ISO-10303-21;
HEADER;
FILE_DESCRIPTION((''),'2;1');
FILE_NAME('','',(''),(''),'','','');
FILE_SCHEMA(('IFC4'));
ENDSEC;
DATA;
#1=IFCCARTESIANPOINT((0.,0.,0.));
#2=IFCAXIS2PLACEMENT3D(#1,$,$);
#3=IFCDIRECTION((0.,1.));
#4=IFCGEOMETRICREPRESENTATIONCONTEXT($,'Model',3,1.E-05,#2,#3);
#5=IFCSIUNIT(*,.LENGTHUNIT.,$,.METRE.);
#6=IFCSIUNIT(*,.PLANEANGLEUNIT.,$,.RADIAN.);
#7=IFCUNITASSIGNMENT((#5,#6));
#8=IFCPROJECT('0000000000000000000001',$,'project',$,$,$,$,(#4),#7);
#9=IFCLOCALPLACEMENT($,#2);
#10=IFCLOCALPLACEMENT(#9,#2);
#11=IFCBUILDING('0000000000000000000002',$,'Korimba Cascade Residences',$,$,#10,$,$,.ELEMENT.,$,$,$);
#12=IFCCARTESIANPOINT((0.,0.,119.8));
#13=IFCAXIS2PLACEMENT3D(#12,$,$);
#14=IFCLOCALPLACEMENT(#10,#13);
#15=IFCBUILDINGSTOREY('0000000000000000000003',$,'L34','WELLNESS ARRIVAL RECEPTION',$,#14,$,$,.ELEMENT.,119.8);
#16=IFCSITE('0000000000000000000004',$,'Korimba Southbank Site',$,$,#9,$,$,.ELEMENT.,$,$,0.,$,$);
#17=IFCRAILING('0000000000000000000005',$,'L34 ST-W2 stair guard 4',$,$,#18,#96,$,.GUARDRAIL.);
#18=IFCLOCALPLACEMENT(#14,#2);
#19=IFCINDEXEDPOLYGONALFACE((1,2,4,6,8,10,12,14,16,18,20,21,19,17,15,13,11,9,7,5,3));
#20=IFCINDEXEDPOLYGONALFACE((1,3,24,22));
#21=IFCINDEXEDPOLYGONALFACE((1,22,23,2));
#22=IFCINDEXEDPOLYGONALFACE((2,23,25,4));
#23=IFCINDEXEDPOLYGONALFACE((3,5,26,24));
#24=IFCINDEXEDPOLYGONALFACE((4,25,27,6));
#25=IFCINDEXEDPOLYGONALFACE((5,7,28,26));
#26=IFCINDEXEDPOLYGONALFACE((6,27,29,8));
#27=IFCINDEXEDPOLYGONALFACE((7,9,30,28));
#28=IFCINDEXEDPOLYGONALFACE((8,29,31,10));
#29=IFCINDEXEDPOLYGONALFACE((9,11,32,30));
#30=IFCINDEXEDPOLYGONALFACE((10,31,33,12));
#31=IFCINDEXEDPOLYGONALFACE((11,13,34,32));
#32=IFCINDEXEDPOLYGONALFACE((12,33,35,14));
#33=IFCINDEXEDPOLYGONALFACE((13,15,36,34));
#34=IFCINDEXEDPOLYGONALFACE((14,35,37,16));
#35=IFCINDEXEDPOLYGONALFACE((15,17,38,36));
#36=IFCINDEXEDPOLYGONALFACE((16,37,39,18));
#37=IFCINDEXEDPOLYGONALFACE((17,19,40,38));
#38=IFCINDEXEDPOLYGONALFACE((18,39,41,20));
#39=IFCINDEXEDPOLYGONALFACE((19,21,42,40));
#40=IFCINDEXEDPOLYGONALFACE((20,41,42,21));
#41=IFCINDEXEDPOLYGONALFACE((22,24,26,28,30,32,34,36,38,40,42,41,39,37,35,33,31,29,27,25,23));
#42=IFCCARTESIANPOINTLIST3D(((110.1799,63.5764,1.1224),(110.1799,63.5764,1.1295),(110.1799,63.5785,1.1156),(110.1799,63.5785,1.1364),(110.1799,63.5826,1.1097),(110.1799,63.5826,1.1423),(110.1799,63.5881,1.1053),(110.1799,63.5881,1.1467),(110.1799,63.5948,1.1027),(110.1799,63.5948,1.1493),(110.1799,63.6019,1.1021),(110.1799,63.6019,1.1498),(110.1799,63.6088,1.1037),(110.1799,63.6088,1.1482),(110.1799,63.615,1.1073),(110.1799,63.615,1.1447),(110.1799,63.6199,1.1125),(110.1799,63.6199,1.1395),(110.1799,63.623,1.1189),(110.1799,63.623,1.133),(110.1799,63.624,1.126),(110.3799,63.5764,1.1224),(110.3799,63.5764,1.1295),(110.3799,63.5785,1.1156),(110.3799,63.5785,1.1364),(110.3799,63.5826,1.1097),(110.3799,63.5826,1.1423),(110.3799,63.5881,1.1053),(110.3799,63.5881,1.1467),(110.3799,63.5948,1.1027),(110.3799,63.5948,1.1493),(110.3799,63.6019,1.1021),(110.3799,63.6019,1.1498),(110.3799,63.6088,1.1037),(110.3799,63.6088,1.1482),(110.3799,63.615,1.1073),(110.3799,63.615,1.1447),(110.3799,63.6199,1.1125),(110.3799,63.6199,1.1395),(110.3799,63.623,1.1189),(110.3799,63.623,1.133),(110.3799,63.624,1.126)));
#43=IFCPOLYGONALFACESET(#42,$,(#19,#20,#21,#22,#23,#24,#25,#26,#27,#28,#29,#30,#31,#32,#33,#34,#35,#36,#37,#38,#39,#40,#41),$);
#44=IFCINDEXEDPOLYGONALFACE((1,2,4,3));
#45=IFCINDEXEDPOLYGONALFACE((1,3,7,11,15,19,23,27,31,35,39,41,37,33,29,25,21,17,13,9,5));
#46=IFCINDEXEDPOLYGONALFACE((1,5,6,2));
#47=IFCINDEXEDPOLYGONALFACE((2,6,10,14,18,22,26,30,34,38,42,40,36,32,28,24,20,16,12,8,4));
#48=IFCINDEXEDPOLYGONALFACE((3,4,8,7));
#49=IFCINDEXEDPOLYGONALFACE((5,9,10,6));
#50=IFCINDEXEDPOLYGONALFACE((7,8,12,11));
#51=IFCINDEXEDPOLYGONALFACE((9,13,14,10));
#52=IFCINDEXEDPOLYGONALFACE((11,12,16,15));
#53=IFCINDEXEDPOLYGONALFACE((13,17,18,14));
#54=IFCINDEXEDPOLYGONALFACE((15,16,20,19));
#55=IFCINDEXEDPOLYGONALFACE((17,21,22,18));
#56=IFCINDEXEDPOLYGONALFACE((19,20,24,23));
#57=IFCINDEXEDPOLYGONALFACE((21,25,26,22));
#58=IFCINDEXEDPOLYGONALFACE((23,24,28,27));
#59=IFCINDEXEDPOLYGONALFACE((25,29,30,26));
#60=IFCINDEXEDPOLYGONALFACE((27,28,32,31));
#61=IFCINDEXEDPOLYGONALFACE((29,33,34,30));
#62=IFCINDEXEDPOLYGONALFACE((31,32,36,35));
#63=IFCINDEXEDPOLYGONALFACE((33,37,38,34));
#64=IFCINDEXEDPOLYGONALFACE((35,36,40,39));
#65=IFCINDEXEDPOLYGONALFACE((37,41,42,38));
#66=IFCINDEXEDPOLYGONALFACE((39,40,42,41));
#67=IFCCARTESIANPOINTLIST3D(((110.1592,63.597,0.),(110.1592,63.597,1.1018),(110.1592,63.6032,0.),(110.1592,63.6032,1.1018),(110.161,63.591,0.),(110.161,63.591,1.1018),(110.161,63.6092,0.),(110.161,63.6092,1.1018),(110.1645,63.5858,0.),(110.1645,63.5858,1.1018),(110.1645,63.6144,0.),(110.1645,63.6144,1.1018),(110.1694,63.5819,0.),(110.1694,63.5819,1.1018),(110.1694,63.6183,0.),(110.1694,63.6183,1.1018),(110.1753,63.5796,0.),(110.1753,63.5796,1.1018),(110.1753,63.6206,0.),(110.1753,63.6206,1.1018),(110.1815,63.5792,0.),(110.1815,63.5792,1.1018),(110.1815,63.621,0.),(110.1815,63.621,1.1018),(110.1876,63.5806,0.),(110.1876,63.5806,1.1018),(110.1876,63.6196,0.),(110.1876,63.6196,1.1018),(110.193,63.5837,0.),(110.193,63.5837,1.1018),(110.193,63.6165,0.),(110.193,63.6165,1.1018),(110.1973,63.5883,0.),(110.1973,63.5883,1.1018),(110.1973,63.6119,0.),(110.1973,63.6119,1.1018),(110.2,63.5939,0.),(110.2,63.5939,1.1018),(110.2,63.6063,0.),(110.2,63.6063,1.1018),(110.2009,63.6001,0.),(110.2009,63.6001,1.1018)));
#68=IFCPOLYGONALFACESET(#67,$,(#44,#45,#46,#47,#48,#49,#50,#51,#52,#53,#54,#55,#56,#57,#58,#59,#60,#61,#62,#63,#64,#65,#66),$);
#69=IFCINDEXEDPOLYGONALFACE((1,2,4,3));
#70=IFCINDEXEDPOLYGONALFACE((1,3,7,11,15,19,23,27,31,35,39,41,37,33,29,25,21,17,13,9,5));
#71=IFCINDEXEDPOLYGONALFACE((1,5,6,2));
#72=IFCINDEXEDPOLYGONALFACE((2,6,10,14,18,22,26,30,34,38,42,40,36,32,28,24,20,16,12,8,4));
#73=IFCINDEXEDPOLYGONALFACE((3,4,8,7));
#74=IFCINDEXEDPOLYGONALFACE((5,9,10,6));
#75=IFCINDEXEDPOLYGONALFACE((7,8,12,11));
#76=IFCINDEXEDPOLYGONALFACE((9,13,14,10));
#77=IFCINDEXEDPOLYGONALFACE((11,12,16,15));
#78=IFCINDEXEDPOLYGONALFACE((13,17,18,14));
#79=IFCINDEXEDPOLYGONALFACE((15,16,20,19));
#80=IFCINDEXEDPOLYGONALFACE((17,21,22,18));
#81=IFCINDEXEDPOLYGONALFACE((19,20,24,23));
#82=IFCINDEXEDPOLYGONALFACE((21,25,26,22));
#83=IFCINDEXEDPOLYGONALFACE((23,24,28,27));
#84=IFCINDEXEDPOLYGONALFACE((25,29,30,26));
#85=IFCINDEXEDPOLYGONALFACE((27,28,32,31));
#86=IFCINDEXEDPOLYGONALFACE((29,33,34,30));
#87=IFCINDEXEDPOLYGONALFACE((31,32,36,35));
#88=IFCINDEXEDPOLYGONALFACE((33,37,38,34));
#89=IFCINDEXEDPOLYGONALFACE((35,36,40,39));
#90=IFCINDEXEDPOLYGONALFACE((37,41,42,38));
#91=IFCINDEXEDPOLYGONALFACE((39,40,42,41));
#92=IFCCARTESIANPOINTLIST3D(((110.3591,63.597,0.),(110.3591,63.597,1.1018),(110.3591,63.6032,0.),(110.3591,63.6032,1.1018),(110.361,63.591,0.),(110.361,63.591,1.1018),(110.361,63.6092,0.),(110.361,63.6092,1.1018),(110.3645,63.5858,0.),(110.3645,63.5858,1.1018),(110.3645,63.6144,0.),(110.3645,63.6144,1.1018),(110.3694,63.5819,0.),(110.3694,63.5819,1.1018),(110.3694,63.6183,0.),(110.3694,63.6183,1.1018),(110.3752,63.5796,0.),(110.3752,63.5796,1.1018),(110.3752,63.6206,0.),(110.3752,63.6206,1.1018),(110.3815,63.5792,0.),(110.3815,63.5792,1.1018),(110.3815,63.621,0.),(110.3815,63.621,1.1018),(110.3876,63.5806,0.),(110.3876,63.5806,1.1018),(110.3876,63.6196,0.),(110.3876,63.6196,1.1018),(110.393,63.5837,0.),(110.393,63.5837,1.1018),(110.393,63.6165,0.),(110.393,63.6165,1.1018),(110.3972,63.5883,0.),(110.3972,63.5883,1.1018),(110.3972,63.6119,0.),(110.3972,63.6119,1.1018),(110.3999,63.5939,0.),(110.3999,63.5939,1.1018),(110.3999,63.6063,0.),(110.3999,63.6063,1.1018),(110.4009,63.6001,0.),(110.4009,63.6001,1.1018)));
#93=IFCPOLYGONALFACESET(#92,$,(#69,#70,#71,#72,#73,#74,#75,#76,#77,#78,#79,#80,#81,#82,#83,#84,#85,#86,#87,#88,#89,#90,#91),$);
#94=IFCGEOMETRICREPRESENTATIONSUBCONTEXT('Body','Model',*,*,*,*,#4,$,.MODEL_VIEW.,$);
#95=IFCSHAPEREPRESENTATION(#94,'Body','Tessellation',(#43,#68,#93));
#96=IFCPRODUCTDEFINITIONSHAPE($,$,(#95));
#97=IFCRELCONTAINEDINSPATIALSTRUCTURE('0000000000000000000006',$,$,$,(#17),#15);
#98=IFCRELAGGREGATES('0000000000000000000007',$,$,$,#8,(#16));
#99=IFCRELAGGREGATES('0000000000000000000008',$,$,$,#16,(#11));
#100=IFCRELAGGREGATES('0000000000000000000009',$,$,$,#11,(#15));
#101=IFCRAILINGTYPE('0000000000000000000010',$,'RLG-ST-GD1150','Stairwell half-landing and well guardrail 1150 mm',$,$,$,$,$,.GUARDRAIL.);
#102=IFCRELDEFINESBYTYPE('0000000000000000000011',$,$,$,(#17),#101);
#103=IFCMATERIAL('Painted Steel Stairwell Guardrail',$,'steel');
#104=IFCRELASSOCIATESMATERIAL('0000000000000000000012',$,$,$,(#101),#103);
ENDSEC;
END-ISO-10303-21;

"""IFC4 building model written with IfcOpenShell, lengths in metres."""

from ifc_helpers import new_model, si_unit, direction, frame, origin, origin_2d, place, context, subcontext, project, spatial, circle, extrude, material, type_object, element, save


model = new_model("IFC4")

# Units and contexts
model_context = context("Model", 3, precision=1e-05, world=origin(), true_north=direction((0.0, 1.0)))
body_context = subcontext(model_context, "Body", "Model", "MODEL_VIEW")
ifc_project = project(units=[si_unit("LENGTHUNIT", "METRE"), si_unit("PLANEANGLEUNIT", "RADIAN")], contexts=[model_context])

# Site, building, storey
site_placement = place(None, origin())
site = spatial("IfcSite", under=ifc_project, at=site_placement, Name="Korimba Southbank Site", CompositionType="ELEMENT", RefElevation=0.0)
building_placement = place(site_placement, origin())
building = spatial("IfcBuilding", under=site, at=building_placement, Name="Korimba Cascade Residences", CompositionType="ELEMENT")
storey_placement = place(building_placement, frame((0.0, 0.0, 119.8)))
storey = spatial("IfcBuildingStorey", under=building, at=storey_placement, Name="L34", Description="WELLNESS ARRIVAL RECEPTION", CompositionType="ELEMENT", Elevation=119.8)

# Railing
ifc_material_1 = material(Name="Painted Steel Stairwell Guardrail", Category="steel")
railing_type_1 = type_object("IfcRailingType", Name="RLG-ST-GD1150", Description="Stairwell half-landing and well guardrail 1150 mm", PredefinedType="GUARDRAIL", material=ifc_material_1)
railing_1_placement = place(storey_placement, frame((110.1799, 63.6001, 0.0)))
element("IfcRailing", 1, at=railing_1_placement, inside=storey, type_object=railing_type_1, Name="L34 ST-W2 stair guard 4", PredefinedType="GUARDRAIL", context=body_context, shape_type="SweptSolid", body=[
    extrude(circle(Radius=0.0239, at=origin_2d()), frame((0.0, 0.0, 1.126), z_axis=(1.0, 0.0, 0.0), x_axis=(0.0, 1.0, 0.0)), (0.0, 0.0, 1.0), 0.2),
    extrude(circle(Radius=0.021, at=origin_2d()), origin(), (0.0, 0.0, 1.0), 1.1018),
    extrude(circle(Radius=0.021, at=origin_2d()), frame((0.2, 0.0, 0.0)), (0.0, 0.0, 1.0), 1.1018),
])

save(model, "model.ifc")
